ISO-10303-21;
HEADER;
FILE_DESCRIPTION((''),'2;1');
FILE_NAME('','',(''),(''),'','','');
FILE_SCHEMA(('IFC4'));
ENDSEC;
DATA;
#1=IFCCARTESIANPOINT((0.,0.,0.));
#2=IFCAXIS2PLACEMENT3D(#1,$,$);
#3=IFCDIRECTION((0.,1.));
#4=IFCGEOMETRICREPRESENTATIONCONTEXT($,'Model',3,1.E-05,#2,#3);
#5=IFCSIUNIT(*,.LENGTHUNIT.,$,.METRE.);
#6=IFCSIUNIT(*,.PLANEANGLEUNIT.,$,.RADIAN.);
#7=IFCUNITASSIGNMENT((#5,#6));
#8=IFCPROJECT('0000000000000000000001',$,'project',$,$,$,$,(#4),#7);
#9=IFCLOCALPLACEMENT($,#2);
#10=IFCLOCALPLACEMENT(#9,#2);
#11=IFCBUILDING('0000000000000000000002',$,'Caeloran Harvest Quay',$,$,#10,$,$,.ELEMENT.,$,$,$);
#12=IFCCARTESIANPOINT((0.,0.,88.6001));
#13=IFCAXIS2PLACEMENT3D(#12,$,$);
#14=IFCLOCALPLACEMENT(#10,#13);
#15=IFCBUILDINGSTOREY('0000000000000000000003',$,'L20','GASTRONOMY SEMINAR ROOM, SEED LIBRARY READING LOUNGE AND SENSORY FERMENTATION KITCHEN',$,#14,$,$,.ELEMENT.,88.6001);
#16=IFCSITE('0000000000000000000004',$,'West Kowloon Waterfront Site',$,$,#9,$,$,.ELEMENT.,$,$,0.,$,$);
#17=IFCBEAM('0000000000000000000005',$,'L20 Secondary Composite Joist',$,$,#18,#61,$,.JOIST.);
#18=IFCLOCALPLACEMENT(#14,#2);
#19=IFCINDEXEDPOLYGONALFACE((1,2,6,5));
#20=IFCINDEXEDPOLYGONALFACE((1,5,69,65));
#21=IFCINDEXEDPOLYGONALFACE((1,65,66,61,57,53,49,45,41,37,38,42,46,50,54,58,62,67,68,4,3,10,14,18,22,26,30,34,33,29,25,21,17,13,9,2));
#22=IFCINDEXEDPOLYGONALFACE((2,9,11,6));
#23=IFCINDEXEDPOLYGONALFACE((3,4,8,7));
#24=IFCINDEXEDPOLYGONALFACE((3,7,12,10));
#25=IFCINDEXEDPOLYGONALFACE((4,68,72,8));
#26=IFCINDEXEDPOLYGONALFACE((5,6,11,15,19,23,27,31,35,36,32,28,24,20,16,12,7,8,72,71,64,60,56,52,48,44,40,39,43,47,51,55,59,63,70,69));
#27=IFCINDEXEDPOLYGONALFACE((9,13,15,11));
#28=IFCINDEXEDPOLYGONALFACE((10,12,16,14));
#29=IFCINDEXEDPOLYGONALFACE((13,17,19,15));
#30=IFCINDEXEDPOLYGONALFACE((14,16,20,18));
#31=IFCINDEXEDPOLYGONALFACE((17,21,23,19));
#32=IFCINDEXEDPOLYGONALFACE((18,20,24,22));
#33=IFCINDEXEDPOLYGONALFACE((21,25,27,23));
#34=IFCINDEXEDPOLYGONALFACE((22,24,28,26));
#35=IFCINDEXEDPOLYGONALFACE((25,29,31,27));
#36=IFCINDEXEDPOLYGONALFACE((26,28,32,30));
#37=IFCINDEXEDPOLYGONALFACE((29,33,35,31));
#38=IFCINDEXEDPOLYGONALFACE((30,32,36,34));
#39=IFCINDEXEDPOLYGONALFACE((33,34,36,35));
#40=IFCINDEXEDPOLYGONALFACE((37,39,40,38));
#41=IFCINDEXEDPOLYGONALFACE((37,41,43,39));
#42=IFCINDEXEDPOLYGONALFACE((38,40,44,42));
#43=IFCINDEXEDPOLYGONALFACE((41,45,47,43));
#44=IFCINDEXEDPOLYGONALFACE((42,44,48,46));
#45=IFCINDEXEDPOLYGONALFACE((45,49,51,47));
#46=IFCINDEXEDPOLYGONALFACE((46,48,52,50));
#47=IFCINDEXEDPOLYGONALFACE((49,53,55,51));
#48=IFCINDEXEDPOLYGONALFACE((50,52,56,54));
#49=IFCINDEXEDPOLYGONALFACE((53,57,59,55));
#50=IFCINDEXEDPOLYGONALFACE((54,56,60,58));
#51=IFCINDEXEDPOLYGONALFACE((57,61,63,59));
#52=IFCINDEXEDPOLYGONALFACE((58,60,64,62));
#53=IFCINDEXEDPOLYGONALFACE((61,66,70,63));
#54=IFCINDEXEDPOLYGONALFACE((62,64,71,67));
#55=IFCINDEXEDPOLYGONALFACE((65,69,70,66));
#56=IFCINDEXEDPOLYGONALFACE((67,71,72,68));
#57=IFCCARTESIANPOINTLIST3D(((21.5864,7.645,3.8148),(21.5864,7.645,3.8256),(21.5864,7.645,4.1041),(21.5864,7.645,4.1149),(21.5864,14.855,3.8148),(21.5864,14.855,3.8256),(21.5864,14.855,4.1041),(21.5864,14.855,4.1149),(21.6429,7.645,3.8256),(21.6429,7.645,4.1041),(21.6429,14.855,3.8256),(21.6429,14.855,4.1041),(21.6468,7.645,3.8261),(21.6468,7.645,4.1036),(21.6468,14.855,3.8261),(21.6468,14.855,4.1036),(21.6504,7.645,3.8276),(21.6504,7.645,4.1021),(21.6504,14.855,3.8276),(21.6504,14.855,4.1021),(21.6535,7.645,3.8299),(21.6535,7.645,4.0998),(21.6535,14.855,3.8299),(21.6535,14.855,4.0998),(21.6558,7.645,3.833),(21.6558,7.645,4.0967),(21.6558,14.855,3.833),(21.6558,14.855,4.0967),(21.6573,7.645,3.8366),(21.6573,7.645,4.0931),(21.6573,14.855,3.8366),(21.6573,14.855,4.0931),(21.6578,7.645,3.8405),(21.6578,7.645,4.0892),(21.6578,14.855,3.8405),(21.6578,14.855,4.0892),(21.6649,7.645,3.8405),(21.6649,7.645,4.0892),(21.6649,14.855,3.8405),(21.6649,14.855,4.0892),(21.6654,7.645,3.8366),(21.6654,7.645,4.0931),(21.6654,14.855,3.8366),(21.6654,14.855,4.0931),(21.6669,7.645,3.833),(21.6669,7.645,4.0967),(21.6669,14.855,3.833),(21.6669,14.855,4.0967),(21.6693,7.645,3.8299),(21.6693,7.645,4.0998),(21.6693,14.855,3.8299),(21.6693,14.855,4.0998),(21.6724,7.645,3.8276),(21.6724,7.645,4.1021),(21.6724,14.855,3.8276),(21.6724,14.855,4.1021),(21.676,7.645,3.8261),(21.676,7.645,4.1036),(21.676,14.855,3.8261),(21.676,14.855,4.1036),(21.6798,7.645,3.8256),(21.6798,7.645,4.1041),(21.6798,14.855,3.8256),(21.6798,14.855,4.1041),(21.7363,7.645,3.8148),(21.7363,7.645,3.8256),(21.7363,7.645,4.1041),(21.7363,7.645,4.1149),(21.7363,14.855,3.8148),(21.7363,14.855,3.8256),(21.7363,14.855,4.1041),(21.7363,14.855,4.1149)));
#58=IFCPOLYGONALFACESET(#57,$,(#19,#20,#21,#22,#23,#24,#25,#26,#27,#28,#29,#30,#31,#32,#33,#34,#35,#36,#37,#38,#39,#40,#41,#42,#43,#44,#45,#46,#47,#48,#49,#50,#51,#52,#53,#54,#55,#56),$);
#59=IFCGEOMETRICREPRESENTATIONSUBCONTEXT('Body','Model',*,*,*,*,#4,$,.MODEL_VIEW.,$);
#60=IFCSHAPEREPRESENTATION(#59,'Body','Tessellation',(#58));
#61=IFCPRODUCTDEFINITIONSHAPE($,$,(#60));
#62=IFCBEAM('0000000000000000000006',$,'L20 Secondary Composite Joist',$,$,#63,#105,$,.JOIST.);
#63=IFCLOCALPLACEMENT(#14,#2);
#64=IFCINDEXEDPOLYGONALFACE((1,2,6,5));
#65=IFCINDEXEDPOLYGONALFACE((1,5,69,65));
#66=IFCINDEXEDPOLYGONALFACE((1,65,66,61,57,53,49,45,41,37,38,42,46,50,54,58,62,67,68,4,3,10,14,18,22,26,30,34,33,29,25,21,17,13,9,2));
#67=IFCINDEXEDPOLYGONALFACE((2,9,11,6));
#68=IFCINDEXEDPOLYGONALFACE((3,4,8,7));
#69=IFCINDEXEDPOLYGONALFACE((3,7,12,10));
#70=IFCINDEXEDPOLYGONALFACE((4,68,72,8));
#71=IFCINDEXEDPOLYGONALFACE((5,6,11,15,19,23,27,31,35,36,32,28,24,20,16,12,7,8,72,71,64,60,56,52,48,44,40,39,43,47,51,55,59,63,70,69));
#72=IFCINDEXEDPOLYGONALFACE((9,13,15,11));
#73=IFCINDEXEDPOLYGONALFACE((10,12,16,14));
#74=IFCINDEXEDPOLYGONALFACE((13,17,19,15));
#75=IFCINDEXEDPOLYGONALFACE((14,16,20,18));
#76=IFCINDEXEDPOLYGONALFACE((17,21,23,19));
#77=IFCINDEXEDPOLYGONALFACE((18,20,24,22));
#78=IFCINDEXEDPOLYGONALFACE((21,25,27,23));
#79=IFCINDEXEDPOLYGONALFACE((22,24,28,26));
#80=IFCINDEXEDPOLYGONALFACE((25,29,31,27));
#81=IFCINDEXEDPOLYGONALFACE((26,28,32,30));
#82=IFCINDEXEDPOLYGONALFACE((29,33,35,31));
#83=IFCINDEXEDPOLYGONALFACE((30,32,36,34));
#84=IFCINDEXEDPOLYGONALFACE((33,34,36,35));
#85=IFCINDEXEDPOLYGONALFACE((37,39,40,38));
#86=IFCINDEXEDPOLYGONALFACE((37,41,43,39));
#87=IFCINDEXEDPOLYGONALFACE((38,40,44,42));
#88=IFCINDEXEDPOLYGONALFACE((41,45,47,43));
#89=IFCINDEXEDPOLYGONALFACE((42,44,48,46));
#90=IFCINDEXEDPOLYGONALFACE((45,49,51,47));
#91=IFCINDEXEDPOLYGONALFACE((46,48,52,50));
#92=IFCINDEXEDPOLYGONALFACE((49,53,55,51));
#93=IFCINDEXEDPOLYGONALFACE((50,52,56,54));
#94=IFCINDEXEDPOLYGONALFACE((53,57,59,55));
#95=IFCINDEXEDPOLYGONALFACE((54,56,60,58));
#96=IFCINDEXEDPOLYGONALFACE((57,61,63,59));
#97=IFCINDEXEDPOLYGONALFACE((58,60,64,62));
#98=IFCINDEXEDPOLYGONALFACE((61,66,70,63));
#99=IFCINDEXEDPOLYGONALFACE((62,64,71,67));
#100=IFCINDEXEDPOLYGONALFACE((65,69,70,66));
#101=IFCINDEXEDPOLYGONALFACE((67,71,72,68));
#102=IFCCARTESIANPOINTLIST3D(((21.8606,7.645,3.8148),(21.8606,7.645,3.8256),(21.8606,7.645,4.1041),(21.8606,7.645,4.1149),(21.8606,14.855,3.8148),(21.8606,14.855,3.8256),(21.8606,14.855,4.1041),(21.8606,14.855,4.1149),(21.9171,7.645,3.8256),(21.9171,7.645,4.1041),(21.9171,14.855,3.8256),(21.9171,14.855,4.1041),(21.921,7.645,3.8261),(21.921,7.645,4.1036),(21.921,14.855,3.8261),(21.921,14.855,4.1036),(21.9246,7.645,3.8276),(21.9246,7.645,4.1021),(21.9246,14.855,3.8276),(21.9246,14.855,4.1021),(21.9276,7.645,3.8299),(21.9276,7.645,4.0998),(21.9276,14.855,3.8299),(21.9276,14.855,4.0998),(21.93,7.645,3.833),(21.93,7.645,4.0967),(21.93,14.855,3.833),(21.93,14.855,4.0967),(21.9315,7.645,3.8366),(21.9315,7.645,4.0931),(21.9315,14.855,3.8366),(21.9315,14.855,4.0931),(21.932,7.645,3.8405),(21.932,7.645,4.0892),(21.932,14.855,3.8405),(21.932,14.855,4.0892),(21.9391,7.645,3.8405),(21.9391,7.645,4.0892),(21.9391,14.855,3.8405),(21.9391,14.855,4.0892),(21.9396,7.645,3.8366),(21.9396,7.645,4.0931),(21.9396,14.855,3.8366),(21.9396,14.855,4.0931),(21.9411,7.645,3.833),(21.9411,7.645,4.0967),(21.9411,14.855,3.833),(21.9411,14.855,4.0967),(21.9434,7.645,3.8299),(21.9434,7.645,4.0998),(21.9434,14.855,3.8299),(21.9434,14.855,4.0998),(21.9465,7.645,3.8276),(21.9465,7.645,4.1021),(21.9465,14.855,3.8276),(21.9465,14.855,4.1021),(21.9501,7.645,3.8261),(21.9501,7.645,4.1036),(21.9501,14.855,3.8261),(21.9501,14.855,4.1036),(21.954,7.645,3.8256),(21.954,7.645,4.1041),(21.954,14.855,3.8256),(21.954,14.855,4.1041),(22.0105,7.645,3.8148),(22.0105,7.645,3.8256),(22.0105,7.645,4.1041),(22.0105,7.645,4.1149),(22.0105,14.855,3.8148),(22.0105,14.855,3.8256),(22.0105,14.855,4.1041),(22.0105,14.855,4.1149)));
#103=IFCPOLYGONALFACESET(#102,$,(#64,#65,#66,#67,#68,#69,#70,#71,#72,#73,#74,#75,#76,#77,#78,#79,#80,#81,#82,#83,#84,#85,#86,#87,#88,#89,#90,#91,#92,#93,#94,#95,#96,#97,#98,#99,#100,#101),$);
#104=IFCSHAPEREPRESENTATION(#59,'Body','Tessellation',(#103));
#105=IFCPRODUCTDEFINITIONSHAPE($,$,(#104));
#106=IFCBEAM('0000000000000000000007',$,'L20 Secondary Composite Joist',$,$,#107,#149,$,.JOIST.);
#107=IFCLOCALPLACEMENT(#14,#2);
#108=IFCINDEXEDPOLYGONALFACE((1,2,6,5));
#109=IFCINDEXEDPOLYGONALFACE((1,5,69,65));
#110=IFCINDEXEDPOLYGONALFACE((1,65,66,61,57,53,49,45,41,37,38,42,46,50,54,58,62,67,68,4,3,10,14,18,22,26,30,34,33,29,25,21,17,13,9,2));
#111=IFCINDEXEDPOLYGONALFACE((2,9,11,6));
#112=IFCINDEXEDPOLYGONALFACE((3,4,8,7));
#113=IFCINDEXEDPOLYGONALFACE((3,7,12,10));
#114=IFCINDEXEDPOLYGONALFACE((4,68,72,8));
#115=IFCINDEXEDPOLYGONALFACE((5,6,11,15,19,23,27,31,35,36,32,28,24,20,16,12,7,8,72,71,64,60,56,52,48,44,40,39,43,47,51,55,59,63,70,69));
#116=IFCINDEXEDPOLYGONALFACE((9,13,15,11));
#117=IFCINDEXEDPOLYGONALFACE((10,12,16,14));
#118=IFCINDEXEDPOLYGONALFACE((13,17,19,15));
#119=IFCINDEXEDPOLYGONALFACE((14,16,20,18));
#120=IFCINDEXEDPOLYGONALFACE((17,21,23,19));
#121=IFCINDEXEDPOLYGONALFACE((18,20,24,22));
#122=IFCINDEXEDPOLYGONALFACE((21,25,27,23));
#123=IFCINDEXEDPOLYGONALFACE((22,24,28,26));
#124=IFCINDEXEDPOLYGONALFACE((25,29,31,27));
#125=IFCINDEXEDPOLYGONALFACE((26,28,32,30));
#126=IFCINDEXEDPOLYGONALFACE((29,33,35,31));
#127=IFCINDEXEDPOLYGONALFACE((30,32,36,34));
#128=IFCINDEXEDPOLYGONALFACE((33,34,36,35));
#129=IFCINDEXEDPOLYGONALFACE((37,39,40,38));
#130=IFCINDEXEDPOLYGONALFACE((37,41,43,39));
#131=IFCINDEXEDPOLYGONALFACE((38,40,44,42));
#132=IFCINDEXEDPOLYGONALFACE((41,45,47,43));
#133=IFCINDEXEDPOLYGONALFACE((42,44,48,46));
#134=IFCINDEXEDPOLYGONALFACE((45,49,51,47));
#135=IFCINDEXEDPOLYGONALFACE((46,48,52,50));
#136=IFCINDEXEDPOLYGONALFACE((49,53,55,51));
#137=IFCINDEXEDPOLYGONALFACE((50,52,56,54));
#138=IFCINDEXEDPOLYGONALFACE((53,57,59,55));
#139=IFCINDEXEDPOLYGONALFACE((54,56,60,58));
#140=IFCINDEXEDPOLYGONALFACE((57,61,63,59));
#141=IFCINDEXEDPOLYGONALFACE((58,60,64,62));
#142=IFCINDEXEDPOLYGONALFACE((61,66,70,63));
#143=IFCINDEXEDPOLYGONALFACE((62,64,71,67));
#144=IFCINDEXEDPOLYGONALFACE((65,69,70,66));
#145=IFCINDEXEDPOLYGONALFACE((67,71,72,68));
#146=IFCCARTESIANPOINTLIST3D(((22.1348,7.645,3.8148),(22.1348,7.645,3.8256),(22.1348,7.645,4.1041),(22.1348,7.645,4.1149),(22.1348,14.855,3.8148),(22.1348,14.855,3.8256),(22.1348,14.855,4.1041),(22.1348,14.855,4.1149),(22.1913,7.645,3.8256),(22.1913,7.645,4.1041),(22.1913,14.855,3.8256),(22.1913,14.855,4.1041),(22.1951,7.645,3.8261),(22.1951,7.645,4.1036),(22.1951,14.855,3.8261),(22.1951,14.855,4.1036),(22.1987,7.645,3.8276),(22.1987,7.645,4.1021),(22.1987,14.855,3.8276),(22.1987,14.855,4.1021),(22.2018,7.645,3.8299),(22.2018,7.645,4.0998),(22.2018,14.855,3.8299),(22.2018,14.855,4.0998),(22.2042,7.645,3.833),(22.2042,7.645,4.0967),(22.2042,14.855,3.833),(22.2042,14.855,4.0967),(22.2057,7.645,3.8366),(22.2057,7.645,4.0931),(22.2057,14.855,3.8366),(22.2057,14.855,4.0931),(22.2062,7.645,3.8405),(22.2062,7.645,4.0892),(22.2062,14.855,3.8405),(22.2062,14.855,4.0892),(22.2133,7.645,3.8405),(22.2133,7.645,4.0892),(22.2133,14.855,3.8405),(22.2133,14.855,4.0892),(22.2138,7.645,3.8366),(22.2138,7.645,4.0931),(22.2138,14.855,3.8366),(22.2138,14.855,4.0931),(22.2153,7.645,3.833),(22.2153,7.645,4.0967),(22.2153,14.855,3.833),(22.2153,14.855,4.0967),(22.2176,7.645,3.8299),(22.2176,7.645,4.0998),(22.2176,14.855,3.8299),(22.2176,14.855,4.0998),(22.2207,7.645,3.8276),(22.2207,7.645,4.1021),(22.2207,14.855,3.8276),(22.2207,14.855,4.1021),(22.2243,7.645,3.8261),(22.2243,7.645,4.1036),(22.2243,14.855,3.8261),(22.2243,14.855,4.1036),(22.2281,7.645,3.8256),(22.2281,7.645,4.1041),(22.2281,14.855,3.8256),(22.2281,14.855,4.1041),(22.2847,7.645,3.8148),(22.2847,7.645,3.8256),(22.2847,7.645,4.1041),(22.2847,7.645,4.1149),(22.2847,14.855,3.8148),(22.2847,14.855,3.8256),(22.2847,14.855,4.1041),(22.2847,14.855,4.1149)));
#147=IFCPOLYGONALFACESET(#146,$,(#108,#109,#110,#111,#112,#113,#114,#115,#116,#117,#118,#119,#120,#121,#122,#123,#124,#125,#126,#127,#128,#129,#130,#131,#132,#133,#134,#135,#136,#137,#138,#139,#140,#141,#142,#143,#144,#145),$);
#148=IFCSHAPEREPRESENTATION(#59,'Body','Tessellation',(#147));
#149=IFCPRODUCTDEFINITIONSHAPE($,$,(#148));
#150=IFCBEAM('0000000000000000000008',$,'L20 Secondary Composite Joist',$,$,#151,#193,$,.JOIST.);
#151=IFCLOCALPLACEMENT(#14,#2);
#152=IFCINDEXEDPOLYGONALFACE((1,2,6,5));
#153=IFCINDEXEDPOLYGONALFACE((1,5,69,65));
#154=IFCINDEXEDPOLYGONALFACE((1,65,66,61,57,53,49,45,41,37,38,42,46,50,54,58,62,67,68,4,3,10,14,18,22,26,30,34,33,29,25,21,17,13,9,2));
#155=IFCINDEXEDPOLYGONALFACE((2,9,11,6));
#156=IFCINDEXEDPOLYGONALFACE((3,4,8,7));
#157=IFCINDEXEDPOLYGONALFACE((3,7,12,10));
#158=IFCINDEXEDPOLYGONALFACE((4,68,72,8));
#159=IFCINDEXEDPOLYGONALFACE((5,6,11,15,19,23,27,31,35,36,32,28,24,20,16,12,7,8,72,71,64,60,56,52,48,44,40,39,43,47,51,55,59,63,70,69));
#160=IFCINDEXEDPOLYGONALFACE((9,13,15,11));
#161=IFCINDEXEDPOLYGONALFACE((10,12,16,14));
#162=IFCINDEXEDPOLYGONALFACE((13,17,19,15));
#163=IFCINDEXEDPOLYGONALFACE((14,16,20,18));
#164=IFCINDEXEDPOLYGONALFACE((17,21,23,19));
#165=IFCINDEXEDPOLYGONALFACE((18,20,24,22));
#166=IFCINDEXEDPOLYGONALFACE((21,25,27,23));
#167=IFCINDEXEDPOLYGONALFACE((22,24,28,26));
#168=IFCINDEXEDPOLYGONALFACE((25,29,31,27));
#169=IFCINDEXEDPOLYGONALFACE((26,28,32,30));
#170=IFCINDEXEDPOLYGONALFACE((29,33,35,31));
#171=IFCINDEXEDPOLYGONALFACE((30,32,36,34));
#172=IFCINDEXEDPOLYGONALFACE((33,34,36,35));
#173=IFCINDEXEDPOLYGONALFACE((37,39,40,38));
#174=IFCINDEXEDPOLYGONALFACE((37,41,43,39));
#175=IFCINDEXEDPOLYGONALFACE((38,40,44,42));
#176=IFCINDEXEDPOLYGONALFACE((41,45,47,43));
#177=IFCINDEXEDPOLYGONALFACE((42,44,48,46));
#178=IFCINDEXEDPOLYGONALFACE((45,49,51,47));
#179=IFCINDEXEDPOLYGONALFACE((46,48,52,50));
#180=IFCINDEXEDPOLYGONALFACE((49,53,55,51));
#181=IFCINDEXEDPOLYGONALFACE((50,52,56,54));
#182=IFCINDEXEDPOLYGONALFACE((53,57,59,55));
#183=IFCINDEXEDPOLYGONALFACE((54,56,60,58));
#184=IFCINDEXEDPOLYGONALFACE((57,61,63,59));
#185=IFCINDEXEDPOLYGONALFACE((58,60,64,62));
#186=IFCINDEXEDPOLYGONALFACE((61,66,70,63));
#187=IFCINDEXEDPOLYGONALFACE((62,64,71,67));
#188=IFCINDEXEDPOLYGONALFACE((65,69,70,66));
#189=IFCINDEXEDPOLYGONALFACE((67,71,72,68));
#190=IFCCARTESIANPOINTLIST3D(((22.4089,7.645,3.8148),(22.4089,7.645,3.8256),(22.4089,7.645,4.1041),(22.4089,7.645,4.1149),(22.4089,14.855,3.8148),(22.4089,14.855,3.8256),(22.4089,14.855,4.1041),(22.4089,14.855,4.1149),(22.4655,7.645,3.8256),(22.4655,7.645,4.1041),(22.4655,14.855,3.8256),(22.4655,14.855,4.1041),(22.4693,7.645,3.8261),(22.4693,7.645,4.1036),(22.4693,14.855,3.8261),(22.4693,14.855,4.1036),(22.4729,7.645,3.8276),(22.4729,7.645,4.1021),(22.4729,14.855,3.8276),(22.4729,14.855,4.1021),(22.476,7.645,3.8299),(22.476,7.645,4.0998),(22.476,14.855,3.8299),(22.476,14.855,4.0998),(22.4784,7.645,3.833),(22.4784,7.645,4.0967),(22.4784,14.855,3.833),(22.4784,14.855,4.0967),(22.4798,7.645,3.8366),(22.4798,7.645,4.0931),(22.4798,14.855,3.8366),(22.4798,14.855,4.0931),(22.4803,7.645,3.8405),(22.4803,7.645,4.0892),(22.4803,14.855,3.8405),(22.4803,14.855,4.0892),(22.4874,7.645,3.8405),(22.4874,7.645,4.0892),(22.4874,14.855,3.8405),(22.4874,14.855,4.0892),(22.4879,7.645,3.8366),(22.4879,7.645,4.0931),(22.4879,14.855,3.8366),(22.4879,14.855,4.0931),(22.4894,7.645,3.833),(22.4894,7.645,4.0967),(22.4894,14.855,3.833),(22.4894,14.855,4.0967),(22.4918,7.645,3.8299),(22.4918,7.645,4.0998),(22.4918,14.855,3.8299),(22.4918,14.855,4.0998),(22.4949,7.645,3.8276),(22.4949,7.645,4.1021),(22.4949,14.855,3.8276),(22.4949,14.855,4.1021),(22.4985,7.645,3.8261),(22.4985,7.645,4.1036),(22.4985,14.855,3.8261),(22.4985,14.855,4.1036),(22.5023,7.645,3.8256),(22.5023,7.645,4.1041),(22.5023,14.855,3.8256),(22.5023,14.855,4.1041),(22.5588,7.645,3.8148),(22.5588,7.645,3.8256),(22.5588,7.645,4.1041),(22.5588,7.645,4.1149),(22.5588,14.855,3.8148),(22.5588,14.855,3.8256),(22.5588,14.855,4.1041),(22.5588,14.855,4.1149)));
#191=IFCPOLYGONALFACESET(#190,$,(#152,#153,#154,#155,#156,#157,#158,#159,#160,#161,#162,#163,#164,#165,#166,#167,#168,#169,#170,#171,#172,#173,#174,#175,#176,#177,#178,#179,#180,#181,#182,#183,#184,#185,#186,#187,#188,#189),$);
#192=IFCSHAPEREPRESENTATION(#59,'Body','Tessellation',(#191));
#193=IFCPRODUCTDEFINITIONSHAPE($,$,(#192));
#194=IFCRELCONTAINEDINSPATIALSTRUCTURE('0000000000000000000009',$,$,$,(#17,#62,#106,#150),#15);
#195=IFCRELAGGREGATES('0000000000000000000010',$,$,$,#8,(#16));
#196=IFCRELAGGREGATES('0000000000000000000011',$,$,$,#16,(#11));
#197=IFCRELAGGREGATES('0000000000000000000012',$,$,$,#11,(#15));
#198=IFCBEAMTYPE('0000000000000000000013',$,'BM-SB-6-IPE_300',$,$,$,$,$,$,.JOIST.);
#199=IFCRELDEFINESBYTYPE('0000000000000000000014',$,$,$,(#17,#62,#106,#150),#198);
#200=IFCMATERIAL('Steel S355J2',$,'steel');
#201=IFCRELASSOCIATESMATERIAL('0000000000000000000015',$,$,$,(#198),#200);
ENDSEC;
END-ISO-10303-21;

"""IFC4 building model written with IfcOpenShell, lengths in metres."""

from ifc_helpers import new_model, si_unit, direction, frame, origin, origin_2d, place, context, subcontext, project, spatial, i_section, extrude, material, material_profile, profile_set, type_object, element, save


model = new_model("IFC4")

# Units and contexts
model_context = context("Model", 3, precision=1e-05, world=origin(), true_north=direction((0.0, 1.0)))
body_context = subcontext(model_context, "Body", "Model", "MODEL_VIEW")
ifc_project = project(units=[si_unit("LENGTHUNIT", "METRE"), si_unit("PLANEANGLEUNIT", "RADIAN")], contexts=[model_context])

# Site, building, storey
site_placement = place(None, origin())
site = spatial("IfcSite", under=ifc_project, at=site_placement, Name="West Kowloon Waterfront Site", CompositionType="ELEMENT", RefElevation=0.0)
building_placement = place(site_placement, origin())
building = spatial("IfcBuilding", under=site, at=building_placement, Name="Caeloran Harvest Quay", CompositionType="ELEMENT")
storey_placement = place(building_placement, frame((0.0, 0.0, 88.6001)))
storey = spatial("IfcBuildingStorey", under=building, at=storey_placement, Name="L20", Description="GASTRONOMY SEMINAR ROOM, SEED LIBRARY READING LOUNGE AND SENSORY FERMENTATION KITCHEN", CompositionType="ELEMENT", Elevation=88.6001)

# Beams
ifc_material_1 = material(Name="Steel S355J2", Category="steel")
ifc_material_profile_1 = material_profile(ifc_material_1, i_section(OverallWidth=0.1499, OverallDepth=0.3, WebThickness=0.0071, FlangeThickness=0.0107, FilletRadius=0.0149, at=origin_2d()), Name="IPE 300")
ifc_profile_set_1 = profile_set([ifc_material_profile_1], Name="Steel S355J2")
beam_type_1 = type_object("IfcBeamType", Name="BM-SB-6-IPE_300", PredefinedType="JOIST", material=ifc_profile_set_1)
for number, where, z_axis, x_axis, name in (
    (1, (21.6614, 7.645, 3.9648), (0.0, 1.0, 0.0), (-1.0, 0.0, 0.0), "L20 Secondary Composite Joist"),
    (2, (21.9355, 7.645, 3.9648), (0.0, 1.0, 0.0), (-1.0, 0.0, 0.0), "L20 Secondary Composite Joist"),
    (3, (22.2097, 7.645, 3.9648), (0.0, 1.0, 0.0), (-1.0, 0.0, 0.0), "L20 Secondary Composite Joist"),
    (4, (22.4839, 7.645, 3.9648), (0.0, 1.0, 0.0), (-1.0, 0.0, 0.0), "L20 Secondary Composite Joist"),
):
    element("IfcBeam", number, at=place(storey_placement, frame(where, z_axis=z_axis, x_axis=x_axis)), inside=storey, type_object=beam_type_1, Name=name, PredefinedType="JOIST", context=body_context, shape_type="SweptSolid", body=[
        extrude(i_section(OverallWidth=0.1499, OverallDepth=0.3, WebThickness=0.0071, FlangeThickness=0.0107, FilletRadius=0.0149, at=origin_2d()), origin(), (0.0, 0.0, 1.0), 7.21),
    ])

save(model, "model.ifc")
